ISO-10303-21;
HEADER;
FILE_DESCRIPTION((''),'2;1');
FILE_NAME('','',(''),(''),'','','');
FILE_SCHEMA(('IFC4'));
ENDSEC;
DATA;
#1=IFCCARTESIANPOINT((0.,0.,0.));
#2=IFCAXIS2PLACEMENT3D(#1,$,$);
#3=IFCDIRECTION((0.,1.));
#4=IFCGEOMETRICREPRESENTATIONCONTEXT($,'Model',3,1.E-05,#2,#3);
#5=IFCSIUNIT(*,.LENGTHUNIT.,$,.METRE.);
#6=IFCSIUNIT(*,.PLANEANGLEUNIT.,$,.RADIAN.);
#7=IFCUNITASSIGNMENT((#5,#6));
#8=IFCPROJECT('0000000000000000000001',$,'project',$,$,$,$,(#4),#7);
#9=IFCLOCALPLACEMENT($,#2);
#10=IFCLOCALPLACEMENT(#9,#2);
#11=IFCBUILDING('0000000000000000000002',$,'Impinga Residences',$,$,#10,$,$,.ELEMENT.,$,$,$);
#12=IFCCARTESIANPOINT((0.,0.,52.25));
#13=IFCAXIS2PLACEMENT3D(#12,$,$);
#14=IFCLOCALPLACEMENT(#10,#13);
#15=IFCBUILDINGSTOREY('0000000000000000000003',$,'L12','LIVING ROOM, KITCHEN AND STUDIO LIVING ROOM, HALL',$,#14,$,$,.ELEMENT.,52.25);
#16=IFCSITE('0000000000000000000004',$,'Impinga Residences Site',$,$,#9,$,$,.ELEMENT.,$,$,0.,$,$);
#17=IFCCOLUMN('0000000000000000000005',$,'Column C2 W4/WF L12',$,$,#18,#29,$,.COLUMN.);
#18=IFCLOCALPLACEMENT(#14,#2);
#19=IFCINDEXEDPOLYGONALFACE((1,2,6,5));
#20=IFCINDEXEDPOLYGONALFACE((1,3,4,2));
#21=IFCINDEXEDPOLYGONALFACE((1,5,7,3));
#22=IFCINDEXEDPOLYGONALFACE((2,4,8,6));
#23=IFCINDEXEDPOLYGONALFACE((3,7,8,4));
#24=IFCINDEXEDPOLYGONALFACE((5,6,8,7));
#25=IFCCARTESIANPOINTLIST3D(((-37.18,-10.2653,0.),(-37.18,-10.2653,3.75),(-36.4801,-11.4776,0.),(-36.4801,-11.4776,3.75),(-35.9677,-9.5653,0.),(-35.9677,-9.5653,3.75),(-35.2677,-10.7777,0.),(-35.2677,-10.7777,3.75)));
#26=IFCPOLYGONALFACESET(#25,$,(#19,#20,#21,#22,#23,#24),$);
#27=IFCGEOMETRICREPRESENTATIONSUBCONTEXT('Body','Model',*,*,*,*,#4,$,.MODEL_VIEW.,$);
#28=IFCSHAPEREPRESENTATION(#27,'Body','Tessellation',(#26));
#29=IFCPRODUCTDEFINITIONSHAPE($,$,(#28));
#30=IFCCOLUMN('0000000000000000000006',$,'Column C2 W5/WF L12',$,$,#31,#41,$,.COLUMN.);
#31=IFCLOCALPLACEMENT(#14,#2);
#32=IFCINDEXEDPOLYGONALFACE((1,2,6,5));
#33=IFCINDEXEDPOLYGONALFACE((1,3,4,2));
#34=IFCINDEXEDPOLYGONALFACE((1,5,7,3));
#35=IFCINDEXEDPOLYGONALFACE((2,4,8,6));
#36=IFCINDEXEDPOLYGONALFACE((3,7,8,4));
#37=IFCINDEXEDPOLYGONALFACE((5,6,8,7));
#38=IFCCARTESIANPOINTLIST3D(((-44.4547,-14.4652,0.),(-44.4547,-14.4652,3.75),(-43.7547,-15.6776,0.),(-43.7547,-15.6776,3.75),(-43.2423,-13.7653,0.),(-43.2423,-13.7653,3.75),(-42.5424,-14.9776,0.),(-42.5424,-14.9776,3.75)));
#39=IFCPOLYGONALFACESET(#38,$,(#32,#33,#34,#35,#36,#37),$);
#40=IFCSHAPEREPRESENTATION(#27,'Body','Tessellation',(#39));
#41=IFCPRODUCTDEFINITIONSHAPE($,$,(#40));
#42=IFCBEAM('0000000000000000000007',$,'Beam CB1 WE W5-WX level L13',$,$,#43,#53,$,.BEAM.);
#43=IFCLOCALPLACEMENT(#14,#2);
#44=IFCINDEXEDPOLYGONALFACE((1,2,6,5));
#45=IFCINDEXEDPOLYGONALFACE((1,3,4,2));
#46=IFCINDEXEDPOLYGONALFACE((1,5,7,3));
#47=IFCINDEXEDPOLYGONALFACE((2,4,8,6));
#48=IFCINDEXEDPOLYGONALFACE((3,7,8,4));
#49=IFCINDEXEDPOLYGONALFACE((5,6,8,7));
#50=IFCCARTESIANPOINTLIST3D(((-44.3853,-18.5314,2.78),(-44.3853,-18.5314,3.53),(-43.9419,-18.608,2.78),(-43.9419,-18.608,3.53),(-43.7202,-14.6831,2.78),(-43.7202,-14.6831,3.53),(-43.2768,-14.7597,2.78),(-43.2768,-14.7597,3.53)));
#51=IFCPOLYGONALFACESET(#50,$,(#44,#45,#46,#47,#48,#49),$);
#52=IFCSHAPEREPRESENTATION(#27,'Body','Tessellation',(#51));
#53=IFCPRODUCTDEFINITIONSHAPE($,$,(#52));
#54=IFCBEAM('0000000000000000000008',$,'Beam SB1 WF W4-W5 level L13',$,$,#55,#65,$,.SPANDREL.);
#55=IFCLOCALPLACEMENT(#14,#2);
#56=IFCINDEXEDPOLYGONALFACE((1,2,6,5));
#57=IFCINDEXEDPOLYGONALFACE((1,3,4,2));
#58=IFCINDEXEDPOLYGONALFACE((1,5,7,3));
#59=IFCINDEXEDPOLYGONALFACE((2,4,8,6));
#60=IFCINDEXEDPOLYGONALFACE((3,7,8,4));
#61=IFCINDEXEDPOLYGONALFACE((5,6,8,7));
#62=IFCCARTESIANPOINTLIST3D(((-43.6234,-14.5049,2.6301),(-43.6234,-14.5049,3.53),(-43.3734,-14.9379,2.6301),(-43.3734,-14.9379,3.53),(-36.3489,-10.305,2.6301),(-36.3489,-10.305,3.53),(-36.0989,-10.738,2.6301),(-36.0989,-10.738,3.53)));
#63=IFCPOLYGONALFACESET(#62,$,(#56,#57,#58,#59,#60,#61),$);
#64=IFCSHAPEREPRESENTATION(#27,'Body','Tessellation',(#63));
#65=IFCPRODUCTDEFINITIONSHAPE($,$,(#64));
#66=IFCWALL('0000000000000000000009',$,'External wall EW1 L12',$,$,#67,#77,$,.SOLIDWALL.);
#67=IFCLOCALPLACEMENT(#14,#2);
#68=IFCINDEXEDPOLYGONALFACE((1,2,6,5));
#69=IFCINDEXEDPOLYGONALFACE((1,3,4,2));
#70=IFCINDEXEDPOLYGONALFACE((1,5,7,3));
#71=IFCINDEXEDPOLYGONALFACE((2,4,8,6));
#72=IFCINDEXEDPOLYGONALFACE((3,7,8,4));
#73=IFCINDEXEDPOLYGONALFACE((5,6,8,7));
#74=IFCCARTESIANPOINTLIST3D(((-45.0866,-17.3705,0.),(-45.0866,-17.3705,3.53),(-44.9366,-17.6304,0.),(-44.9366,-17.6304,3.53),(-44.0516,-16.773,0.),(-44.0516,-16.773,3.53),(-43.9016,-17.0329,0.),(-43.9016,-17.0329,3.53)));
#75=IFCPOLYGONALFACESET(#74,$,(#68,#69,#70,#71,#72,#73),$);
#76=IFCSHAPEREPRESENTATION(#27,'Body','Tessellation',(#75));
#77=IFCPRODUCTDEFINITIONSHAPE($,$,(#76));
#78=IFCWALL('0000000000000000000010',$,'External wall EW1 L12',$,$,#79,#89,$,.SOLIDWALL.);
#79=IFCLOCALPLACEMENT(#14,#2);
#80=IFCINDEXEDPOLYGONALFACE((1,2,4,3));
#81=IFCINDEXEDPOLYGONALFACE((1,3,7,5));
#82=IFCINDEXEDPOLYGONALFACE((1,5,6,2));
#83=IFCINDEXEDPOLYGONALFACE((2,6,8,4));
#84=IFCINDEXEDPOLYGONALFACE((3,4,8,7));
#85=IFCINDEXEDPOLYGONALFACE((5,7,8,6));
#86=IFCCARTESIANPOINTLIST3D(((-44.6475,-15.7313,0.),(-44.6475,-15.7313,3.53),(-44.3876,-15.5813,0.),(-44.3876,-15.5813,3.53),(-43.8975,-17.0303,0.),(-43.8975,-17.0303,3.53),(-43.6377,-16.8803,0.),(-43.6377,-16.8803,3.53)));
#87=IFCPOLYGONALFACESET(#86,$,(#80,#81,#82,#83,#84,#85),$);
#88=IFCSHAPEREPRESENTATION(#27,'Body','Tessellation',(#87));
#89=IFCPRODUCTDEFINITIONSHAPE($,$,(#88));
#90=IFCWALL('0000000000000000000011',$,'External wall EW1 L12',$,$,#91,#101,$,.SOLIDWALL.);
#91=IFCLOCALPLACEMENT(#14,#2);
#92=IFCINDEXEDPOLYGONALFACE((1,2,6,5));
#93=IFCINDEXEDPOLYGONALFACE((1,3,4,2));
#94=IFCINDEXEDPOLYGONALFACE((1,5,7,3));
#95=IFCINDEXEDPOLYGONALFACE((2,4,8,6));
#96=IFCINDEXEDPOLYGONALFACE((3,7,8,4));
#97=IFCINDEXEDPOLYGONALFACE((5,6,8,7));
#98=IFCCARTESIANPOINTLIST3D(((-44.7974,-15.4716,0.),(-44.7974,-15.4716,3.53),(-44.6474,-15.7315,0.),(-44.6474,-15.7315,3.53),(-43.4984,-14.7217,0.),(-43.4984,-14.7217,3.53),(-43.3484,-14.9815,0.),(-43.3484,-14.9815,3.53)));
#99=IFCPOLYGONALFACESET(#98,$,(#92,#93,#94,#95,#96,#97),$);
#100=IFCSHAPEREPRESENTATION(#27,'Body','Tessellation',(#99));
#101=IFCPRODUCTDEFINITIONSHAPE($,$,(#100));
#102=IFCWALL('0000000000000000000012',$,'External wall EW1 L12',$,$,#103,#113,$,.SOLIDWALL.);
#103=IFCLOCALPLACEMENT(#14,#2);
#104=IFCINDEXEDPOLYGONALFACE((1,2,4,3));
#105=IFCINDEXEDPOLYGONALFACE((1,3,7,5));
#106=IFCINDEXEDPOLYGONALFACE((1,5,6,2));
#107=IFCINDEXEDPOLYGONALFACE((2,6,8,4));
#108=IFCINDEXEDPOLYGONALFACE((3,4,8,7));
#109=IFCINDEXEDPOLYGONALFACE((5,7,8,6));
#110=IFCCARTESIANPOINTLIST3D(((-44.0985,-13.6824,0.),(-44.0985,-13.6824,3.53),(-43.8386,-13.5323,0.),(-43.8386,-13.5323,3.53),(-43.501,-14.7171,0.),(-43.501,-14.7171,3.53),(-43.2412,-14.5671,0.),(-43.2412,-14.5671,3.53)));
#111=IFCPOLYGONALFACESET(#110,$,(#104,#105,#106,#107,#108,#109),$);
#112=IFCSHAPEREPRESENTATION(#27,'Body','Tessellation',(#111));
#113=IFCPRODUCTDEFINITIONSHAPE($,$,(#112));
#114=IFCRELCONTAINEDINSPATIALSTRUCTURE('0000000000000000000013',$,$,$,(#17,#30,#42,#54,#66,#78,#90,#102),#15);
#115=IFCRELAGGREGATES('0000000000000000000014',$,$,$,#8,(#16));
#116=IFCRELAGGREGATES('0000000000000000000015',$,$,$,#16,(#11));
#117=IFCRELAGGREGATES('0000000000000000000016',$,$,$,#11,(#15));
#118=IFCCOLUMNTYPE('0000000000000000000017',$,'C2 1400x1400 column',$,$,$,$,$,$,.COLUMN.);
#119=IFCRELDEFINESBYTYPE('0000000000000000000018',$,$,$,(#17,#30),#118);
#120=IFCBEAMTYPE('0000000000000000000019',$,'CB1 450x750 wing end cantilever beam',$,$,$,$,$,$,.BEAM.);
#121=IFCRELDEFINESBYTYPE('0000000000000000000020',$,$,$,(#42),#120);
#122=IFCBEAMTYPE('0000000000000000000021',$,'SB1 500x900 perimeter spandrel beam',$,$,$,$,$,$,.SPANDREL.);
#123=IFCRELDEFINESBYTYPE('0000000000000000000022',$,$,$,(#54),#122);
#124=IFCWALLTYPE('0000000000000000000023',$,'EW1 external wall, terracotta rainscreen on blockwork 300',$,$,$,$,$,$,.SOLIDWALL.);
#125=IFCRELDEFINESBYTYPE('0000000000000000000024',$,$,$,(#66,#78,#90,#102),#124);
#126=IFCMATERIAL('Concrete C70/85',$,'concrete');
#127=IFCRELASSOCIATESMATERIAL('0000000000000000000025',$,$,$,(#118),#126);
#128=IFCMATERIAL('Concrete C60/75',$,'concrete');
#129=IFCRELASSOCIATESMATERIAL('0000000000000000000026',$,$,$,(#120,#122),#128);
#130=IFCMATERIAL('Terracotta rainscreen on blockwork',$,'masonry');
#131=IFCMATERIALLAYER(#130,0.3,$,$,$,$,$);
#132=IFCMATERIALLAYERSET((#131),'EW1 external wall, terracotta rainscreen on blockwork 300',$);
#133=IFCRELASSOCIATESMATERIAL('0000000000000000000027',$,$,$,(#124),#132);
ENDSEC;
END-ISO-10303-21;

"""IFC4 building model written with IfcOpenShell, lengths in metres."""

from ifc_helpers import new_model, si_unit, direction, frame, frame_2d, origin, origin_2d, place, context, subcontext, project, spatial, rectangle, extrude, material, layer, layer_set, material_profile, profile_set, type_object, element, save


model = new_model("IFC4")

# Units and contexts
model_context = context("Model", 3, precision=1e-05, world=origin(), true_north=direction((0.0, 1.0)))
body_context = subcontext(model_context, "Body", "Model", "MODEL_VIEW")
ifc_project = project(units=[si_unit("LENGTHUNIT", "METRE"), si_unit("PLANEANGLEUNIT", "RADIAN")], contexts=[model_context])

# Site, building, storey
site_placement = place(None, origin())
site = spatial("IfcSite", under=ifc_project, at=site_placement, Name="Impinga Residences Site", CompositionType="ELEMENT", RefElevation=0.0)
building_placement = place(site_placement, origin())
building = spatial("IfcBuilding", under=site, at=building_placement, Name="Impinga Residences", CompositionType="ELEMENT")
storey_placement = place(building_placement, frame((0.0, 0.0, 52.25)))
storey = spatial("IfcBuildingStorey", under=building, at=storey_placement, Name="L12", Description="LIVING ROOM, KITCHEN AND STUDIO LIVING ROOM, HALL", CompositionType="ELEMENT", Elevation=52.25)

# Columns
ifc_material_1 = material(Name="Concrete C70/85", Category="concrete")
ifc_material_profile_1 = material_profile(ifc_material_1, rectangle(XDim=1.3999, YDim=1.3999, at=origin_2d()), Name="RC 1400x1400")
ifc_profile_set_1 = profile_set([ifc_material_profile_1], Name="Concrete C70/85")
column_type = type_object("IfcColumnType", Name="C2 1400x1400 column", PredefinedType="COLUMN", material=ifc_profile_set_1)
for number, where, z_axis, x_axis, name in (
    (1, (-36.2239, -10.5215, 0.0), (0.0, 0.0, 1.0), (-0.5, 0.866025, 0.0), "Column C2 W4/WF L12"),
    (2, (-43.4985, -14.7214, 0.0), (0.0, 0.0, 1.0), (-0.5, 0.866025, 0.0), "Column C2 W5/WF L12"),
):
    element("IfcColumn", number, at=place(storey_placement, frame(where, z_axis=z_axis, x_axis=x_axis)), inside=storey, type_object=column_type, Name=name, PredefinedType="COLUMN", context=body_context, shape_type="SweptSolid", body=[
        extrude(rectangle(XDim=1.3999, YDim=1.3999, at=origin_2d()), origin(), (0.0, 0.0, 1.0), 3.75),
    ])

# Beams
ifc_material_2 = material(Name="Concrete C60/75", Category="concrete")
ifc_material_profile_2 = material_profile(ifc_material_2, rectangle(XDim=0.45, YDim=0.75, at=origin_2d()), Name="RC 450x750")
ifc_profile_set_2 = profile_set([ifc_material_profile_2], Name="Concrete C60/75")
beam_type_1 = type_object("IfcBeamType", Name="CB1 450x750 wing end cantilever beam", PredefinedType="BEAM", material=ifc_profile_set_2)
beam_1_placement = place(storey_placement, frame((-43.4985, -14.7214, 3.155), z_axis=(-0.170296, -0.985393, 0.0), x_axis=(0.985393, -0.170296, 0.0)))
element("IfcBeam", 3, at=beam_1_placement, inside=storey, type_object=beam_type_1, Name="Beam CB1 WE W5-WX level L13", PredefinedType="BEAM", context=body_context, shape_type="SweptSolid", body=[
    extrude(rectangle(XDim=0.45, YDim=0.75, at=origin_2d()), origin(), (0.0, 0.0, 1.0), 3.9053),
])
ifc_material_profile_3 = material_profile(ifc_material_2, rectangle(XDim=0.5, YDim=0.8999, at=origin_2d()), Name="RC 500x900")
ifc_profile_set_3 = profile_set([ifc_material_profile_3], Name="Concrete C60/75")
beam_type_2 = type_object("IfcBeamType", Name="SB1 500x900 perimeter spandrel beam", PredefinedType="SPANDREL", material=ifc_profile_set_3)
beam_2_placement = place(storey_placement, frame((-36.2239, -10.5215, 3.0801), z_axis=(-0.866029, -0.499993, 0.0), x_axis=(0.499993, -0.866029, 0.0)))
element("IfcBeam", 4, at=beam_2_placement, inside=storey, type_object=beam_type_2, Name="Beam SB1 WF W4-W5 level L13", PredefinedType="SPANDREL", context=body_context, shape_type="SweptSolid", body=[
    extrude(rectangle(XDim=0.5, YDim=0.8999, at=origin_2d()), origin(), (0.0, 0.0, 1.0), 8.3999),
])

# Walls
ifc_material_3 = material(Name="Terracotta rainscreen on blockwork", Category="masonry")
ifc_layer_1 = layer(ifc_material_3, 0.3)
ifc_layer_set_1 = layer_set([ifc_layer_1], Name="EW1 external wall, terracotta rainscreen on blockwork 300")
wall_type_1 = type_object("IfcWallType", Name="EW1 external wall, terracotta rainscreen on blockwork 300", PredefinedType="SOLIDWALL", material=ifc_layer_set_1)
wall_1_placement = place(storey_placement, frame((-45.0117, -17.5005, 0.0), z_axis=(0.0, 0.0, 1.0), x_axis=(0.86606, 0.499941, 0.0)))
element("IfcWall", 5, at=wall_1_placement, inside=storey, type_object=wall_type_1, Name="External wall EW1 L12", PredefinedType="SOLIDWALL", context=body_context, shape_type="SweptSolid", body=[
    extrude(rectangle(XDim=1.1951, YDim=0.3, at=frame_2d((0.5977, 0.0))), origin(), (0.0, 0.0, 1.0), 3.53),
])
for number, where, z_axis, x_axis, name in (
    (6, (-43.7676, -16.9553, 0.0), (0.0, 0.0, 1.0), (-0.49999, 0.866031, 0.0), "External wall EW1 L12"),
    (7, (-44.7224, -15.6016, 0.0), (0.0, 0.0, 1.0), (0.866031, 0.49999, 0.0), "External wall EW1 L12"),
):
    element("IfcWall", number, at=place(storey_placement, frame(where, z_axis=z_axis, x_axis=x_axis)), inside=storey, type_object=wall_type_1, Name=name, PredefinedType="SOLIDWALL", context=body_context, shape_type="SweptSolid", body=[
        extrude(rectangle(XDim=1.5, YDim=0.3, at=frame_2d((0.75, 0.0))), origin(), (0.0, 0.0, 1.0), 3.53),
    ])
wall_2_placement = place(storey_placement, frame((-43.3711, -14.6421, 0.0), z_axis=(0.0, 0.0, 1.0), x_axis=(-0.500029, 0.866009, 0.0)))
element("IfcWall", 8, at=wall_2_placement, inside=storey, type_object=wall_type_1, Name="External wall EW1 L12", PredefinedType="SOLIDWALL", context=body_context, shape_type="SweptSolid", body=[
    extrude(rectangle(XDim=1.1948, YDim=0.3, at=frame_2d((0.5974, 0.0))), origin(), (0.0, 0.0, 1.0), 3.53),
])

save(model, "model.ifc")
